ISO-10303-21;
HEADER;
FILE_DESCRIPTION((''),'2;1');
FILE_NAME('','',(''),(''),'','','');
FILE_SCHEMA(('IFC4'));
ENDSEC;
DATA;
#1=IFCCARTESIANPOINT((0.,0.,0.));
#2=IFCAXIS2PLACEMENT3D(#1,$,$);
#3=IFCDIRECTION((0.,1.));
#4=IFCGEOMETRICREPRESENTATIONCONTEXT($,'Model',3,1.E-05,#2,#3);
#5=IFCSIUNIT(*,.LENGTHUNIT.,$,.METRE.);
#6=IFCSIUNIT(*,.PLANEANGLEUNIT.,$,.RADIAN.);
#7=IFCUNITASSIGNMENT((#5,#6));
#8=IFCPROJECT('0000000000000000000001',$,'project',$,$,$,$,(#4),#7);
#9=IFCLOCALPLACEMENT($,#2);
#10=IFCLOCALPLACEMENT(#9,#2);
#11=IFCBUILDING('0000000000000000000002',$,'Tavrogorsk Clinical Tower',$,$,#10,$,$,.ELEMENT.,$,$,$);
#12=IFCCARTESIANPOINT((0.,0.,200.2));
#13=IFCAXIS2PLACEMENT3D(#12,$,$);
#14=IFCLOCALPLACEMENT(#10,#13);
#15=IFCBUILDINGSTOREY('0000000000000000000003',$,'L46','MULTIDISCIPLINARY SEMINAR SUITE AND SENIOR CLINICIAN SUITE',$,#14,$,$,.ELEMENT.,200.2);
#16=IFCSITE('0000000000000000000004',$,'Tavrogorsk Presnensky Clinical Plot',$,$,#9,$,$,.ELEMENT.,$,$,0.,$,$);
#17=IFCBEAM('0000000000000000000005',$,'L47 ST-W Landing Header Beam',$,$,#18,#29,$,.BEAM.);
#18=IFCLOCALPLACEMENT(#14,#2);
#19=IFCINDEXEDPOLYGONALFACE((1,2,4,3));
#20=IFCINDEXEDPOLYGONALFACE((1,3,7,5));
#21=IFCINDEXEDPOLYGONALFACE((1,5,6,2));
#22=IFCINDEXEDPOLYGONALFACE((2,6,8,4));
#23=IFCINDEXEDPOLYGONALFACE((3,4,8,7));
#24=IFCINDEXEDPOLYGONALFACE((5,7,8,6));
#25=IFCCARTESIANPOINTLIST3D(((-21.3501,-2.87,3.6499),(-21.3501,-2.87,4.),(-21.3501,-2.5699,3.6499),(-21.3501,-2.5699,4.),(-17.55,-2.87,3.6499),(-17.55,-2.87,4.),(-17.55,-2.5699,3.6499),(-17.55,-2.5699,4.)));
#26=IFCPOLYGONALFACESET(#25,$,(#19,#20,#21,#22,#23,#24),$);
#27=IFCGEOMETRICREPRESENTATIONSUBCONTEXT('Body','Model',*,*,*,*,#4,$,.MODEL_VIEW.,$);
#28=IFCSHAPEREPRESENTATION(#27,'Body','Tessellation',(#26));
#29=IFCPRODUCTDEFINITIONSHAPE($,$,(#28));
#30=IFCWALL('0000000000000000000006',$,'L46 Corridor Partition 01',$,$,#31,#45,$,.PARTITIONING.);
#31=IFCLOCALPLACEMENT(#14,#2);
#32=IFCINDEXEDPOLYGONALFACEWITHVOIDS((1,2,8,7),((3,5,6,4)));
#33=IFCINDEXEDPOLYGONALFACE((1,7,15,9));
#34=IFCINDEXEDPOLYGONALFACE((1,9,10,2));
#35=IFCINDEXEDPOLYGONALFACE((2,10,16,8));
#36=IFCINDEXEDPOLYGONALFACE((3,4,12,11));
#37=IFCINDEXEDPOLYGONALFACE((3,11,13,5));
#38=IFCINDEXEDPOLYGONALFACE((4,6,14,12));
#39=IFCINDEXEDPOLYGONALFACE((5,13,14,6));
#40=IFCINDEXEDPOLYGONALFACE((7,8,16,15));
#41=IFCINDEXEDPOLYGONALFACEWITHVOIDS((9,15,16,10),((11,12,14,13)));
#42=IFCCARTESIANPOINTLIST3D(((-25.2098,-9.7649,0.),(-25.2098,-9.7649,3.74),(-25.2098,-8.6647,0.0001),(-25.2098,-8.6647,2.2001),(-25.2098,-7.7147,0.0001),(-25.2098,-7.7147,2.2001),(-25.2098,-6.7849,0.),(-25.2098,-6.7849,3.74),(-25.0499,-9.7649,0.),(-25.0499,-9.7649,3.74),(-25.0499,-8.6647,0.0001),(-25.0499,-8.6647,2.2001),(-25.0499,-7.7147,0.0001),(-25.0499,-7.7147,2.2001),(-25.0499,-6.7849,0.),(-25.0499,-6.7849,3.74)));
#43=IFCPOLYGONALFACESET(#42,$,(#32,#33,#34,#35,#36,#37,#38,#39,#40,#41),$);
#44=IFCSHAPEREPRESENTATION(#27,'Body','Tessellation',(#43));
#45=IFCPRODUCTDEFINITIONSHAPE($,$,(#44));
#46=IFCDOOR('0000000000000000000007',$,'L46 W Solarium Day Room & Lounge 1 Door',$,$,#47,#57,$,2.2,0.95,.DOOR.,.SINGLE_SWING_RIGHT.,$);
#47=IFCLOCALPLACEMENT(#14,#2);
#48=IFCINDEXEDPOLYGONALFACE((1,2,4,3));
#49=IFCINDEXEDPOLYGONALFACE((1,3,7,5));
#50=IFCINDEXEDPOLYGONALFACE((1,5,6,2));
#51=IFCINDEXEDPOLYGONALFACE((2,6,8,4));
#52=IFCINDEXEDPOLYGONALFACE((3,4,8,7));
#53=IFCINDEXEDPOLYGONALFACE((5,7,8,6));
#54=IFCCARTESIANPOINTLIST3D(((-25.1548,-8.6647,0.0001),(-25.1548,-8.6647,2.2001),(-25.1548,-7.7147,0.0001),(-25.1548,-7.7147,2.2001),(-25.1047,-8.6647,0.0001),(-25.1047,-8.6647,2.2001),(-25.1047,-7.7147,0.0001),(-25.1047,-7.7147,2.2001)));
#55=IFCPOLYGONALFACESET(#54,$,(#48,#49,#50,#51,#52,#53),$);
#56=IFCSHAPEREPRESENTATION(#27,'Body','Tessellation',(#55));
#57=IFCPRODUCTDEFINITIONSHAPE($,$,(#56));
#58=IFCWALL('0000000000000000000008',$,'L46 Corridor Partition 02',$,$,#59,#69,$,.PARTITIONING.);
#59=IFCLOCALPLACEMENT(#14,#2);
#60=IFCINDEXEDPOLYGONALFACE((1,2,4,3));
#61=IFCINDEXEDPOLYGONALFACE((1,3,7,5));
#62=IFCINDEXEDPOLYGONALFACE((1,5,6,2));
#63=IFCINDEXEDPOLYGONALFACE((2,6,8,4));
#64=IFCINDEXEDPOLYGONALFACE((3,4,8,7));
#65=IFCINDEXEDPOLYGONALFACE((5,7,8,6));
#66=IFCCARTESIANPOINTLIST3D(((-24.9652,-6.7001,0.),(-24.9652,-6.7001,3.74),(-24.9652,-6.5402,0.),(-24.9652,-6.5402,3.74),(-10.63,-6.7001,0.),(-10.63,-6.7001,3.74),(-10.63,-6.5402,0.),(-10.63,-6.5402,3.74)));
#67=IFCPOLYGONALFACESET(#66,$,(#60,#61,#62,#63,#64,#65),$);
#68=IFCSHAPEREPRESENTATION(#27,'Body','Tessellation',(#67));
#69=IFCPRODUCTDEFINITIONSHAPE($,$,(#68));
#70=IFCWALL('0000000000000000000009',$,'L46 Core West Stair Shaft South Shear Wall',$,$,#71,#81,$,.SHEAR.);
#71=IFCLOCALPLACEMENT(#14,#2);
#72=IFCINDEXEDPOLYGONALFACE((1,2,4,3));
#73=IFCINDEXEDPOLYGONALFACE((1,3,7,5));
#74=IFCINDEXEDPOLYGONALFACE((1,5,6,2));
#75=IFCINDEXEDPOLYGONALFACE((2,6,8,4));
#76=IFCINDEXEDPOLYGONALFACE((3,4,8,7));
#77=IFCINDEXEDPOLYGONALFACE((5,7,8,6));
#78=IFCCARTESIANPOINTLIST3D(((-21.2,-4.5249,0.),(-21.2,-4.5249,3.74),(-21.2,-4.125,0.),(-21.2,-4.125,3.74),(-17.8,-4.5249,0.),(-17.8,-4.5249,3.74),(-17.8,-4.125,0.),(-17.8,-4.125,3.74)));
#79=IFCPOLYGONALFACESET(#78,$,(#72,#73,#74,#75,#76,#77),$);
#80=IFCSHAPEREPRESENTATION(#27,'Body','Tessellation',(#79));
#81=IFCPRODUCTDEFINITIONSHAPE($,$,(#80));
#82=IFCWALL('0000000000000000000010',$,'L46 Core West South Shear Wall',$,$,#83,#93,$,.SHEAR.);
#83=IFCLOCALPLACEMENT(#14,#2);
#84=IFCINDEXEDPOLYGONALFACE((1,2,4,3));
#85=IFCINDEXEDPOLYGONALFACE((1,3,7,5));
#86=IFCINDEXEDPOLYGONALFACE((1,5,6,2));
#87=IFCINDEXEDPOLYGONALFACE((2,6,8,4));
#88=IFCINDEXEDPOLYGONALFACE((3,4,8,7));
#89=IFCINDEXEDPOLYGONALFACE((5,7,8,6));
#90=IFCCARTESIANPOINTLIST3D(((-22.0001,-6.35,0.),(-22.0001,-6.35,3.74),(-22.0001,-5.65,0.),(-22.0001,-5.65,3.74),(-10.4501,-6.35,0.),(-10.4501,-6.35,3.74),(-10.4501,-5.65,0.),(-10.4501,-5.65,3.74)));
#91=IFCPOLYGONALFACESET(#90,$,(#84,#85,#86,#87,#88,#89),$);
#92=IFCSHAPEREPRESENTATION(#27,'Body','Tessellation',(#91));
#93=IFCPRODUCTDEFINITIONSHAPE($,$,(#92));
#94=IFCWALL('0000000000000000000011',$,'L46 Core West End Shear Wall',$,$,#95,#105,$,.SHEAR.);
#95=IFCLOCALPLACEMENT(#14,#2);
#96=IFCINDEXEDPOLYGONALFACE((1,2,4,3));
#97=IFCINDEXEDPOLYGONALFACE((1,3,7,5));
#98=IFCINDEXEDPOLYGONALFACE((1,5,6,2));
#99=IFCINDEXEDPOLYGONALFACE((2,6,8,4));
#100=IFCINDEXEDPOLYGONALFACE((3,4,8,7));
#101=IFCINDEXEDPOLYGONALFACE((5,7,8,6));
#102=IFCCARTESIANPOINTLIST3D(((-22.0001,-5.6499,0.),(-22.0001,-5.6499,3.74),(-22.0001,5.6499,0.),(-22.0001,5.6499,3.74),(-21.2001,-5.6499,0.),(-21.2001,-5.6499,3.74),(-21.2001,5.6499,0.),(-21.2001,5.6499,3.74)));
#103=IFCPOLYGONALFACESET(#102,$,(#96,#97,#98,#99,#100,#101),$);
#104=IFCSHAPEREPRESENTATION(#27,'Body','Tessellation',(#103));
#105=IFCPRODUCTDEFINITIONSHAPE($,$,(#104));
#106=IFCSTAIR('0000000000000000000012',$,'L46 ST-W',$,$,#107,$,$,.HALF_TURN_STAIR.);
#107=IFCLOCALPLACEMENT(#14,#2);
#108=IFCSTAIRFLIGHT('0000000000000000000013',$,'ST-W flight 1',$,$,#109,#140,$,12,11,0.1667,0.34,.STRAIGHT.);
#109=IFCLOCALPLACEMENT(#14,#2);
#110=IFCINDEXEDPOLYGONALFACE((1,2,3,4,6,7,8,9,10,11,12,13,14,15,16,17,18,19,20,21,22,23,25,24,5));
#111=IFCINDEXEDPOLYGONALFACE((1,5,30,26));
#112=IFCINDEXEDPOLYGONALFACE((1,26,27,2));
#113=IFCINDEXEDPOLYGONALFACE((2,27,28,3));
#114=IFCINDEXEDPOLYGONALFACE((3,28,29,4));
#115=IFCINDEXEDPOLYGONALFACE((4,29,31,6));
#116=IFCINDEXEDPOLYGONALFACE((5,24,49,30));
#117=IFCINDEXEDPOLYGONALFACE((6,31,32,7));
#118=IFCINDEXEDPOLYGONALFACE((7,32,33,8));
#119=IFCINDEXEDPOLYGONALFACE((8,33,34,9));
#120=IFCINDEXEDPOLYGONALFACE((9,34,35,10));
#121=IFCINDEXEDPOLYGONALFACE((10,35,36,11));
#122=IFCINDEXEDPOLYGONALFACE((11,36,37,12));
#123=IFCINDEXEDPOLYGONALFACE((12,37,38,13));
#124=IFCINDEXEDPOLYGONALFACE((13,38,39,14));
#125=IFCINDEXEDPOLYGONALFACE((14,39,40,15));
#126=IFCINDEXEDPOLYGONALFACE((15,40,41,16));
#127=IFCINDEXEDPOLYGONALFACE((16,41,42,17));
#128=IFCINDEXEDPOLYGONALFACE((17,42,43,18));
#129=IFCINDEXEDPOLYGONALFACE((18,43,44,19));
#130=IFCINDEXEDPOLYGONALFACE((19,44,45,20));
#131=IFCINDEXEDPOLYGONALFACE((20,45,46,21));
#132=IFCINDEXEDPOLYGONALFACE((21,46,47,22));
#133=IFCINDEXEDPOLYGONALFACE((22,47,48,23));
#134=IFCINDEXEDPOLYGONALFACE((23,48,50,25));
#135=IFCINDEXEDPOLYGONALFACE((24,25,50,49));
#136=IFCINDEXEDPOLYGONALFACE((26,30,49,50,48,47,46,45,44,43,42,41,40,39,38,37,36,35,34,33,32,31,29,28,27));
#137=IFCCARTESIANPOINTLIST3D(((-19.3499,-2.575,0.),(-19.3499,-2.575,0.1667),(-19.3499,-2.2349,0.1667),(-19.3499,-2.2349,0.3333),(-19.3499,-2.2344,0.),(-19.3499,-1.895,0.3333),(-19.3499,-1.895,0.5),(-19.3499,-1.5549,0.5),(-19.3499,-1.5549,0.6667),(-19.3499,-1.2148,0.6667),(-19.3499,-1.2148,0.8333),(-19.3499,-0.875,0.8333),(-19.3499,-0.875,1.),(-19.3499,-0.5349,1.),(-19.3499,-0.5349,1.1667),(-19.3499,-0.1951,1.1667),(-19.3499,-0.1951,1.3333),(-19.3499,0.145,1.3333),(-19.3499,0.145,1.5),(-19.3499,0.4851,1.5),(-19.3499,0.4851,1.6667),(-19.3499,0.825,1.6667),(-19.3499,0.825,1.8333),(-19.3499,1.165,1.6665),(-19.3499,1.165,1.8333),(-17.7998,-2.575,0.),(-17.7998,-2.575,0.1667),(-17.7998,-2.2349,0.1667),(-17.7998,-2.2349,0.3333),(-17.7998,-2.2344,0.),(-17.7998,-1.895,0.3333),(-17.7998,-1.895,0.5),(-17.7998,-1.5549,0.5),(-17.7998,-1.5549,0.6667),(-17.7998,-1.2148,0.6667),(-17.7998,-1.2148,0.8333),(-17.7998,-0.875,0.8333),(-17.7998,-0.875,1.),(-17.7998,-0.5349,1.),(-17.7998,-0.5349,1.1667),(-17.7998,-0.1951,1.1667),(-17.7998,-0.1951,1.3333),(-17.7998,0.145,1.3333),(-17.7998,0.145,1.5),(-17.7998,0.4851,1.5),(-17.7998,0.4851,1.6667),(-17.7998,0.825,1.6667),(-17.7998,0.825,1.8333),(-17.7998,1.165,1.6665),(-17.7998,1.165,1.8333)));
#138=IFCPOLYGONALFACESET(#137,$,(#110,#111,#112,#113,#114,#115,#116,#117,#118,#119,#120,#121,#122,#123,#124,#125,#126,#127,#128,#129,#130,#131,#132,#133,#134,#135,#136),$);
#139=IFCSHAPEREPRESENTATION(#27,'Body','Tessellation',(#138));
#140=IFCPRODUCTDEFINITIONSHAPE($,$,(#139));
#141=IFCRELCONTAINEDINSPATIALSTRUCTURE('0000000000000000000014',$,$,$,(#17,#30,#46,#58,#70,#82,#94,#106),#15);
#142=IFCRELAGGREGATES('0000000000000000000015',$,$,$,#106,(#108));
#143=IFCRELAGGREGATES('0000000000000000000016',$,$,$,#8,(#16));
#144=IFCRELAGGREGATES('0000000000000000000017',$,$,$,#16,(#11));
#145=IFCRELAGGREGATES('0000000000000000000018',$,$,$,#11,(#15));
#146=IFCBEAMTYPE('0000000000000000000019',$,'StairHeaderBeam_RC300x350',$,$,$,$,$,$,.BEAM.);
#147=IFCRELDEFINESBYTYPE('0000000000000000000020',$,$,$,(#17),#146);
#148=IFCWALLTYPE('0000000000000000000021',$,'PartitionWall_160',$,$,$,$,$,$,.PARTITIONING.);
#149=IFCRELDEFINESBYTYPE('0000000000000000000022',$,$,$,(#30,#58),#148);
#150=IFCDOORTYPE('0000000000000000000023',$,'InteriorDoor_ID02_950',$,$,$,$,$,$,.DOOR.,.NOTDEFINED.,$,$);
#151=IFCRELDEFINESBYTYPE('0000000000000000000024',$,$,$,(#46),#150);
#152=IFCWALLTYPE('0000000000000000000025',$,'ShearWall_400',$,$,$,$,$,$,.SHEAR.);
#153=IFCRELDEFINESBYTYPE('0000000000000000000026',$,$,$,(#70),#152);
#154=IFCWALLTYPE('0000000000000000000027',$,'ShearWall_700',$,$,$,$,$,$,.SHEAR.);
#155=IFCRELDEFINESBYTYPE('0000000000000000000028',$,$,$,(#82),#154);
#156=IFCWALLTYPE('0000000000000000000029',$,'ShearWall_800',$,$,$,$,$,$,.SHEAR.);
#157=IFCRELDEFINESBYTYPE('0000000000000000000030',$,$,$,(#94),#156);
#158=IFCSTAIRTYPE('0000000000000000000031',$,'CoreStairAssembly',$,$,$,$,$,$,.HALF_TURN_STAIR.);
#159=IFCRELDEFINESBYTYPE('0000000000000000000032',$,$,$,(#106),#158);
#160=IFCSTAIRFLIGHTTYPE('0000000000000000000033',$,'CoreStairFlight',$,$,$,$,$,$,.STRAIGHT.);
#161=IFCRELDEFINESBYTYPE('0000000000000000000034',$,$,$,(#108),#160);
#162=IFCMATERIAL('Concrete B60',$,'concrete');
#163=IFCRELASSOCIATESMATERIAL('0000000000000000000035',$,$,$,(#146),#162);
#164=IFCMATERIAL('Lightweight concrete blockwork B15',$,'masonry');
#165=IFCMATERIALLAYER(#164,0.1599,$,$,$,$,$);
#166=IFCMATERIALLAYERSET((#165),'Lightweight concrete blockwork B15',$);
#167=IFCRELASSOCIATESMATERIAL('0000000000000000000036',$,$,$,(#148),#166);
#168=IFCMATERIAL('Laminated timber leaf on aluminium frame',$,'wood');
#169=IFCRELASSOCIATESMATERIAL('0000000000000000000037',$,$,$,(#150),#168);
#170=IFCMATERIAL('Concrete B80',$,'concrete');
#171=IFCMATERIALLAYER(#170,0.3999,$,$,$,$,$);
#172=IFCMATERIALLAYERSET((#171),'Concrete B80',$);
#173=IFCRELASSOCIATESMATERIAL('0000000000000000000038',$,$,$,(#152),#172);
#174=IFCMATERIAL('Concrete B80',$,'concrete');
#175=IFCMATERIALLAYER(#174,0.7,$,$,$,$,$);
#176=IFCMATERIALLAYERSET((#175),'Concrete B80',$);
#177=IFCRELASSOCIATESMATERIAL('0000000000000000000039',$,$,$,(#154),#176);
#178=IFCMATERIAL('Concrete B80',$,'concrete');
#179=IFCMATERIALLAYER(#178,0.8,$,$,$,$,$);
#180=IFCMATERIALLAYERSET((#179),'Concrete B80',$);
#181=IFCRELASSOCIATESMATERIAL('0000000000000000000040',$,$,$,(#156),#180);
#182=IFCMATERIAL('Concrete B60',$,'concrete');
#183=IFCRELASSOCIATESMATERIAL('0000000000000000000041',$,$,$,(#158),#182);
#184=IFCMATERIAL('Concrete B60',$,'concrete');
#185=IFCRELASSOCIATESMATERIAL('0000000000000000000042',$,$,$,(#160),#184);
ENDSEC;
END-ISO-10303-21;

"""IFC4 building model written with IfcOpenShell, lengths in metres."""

from ifc_helpers import new_model, si_unit, direction, frame, frame_2d, origin, origin_2d, place, context, subcontext, project, spatial, polyline, rectangle, outline, extrude, material, layer, layer_set, material_profile, profile_set, type_object, element, fill, aggregate, save


model = new_model("IFC4")

# Units and contexts
model_context = context("Model", 3, precision=1e-05, world=origin(), true_north=direction((0.0, 1.0)))
body_context = subcontext(model_context, "Body", "Model", "MODEL_VIEW")
ifc_project = project(units=[si_unit("LENGTHUNIT", "METRE"), si_unit("PLANEANGLEUNIT", "RADIAN")], contexts=[model_context])

# Site, building, storey
site_placement = place(None, origin())
site = spatial("IfcSite", under=ifc_project, at=site_placement, Name="Tavrogorsk Presnensky Clinical Plot", CompositionType="ELEMENT", RefElevation=0.0)
building_placement = place(site_placement, origin())
building = spatial("IfcBuilding", under=site, at=building_placement, Name="Tavrogorsk Clinical Tower", CompositionType="ELEMENT")
storey_placement = place(building_placement, frame((0.0, 0.0, 200.2)))
storey = spatial("IfcBuildingStorey", under=building, at=storey_placement, Name="L46", Description="MULTIDISCIPLINARY SEMINAR SUITE AND SENIOR CLINICIAN SUITE", CompositionType="ELEMENT", Elevation=200.2)

# Beam
ifc_material_1 = material(Name="Concrete B60", Category="concrete")
ifc_material_profile_1 = material_profile(ifc_material_1, rectangle(XDim=0.3, YDim=0.3501, at=origin_2d()), Name="RC-SHB-300x350")
ifc_profile_set_1 = profile_set([ifc_material_profile_1], Name="Concrete B60")
beam_type_1 = type_object("IfcBeamType", Name="StairHeaderBeam_RC300x350", PredefinedType="BEAM", material=ifc_profile_set_1)
beam_1_placement = place(storey_placement, frame((-21.3501, -2.72, 3.825), z_axis=(1.0, 0.0, 0.0), x_axis=(0.0, 1.0, 0.0)))
element("IfcBeam", 1, at=beam_1_placement, inside=storey, type_object=beam_type_1, Name="L47 ST-W Landing Header Beam", PredefinedType="BEAM", context=body_context, shape_type="SweptSolid", body=[
    extrude(rectangle(XDim=0.3, YDim=0.3501, at=origin_2d()), origin(), (0.0, 0.0, 1.0), 3.8),
])

# Wall, opening, door
ifc_material_2 = material(Name="Lightweight concrete blockwork B15", Category="masonry")
ifc_layer_1 = layer(ifc_material_2, 0.1599)
ifc_layer_set_1 = layer_set([ifc_layer_1], Name="Lightweight concrete blockwork B15")
wall_type_1 = type_object("IfcWallType", Name="PartitionWall_160", PredefinedType="PARTITIONING", material=ifc_layer_set_1)
wall_1_placement = place(storey_placement, frame((-25.1299, -9.7649, 0.0), z_axis=(0.0, 0.0, 1.0), x_axis=(0.0, 1.0, 0.0)))
wall_1 = element("IfcWall", 2, at=wall_1_placement, inside=storey, type_object=wall_type_1, Name="L46 Corridor Partition 01", PredefinedType="PARTITIONING", context=body_context, shape_type="SweptSolid", body=[
    extrude(rectangle(XDim=2.98, YDim=0.1599, at=frame_2d((1.49, 0.0))), origin(), (0.0, 0.0, 1.0), 3.74),
])
opening_placement = place(wall_1_placement, frame((1.1001, 0.0, 0.0)))
opening = element("IfcOpeningElement", 3, at=opening_placement, cuts=wall_1, PredefinedType="OPENING", context=body_context, shape_type="SweptSolid", body=[
    extrude(rectangle(XDim=0.95, YDim=2.2, at=frame_2d((0.4751, 1.1001))), frame((0.0, 0.0898, 0.0), z_axis=(0.0, -1.0, 0.0), x_axis=(1.0, 0.0, 0.0)), (0.0, 0.0, 1.0), 0.1799),
])
ifc_material_3 = material(Name="Laminated timber leaf on aluminium frame", Category="wood")
door_type = type_object("IfcDoorType", Name="InteriorDoor_ID02_950", OperationType="NOTDEFINED", PredefinedType="DOOR", material=ifc_material_3)
door_placement = place(opening_placement, origin())
door = element("IfcDoor", 4, at=door_placement, inside=storey, type_object=door_type, Name="L46 W Solarium Day Room & Lounge 1 Door", OperationType="SINGLE_SWING_RIGHT", OverallHeight=2.2, OverallWidth=0.95, PredefinedType="DOOR", context=body_context, shape_type="SweptSolid", body=[
    extrude(rectangle(XDim=0.95, YDim=2.2, at=frame_2d((0.4751, 1.1001))), frame((0.0, 0.0249, 0.0), z_axis=(0.0, -1.0, 0.0), x_axis=(1.0, 0.0, 0.0)), (0.0, 0.0, 1.0), 0.05),
])
fill(opening, door)

# Walls
wall_2_placement = place(storey_placement, frame((-24.9651, -6.6201, 0.0), z_axis=(0.0, 0.0, 1.0), x_axis=(1.0, 0.0, 0.0)))
element("IfcWall", 5, at=wall_2_placement, inside=storey, type_object=wall_type_1, Name="L46 Corridor Partition 02", PredefinedType="PARTITIONING", context=body_context, shape_type="SweptSolid", body=[
    extrude(rectangle(XDim=14.3352, YDim=0.1599, at=frame_2d((7.1675, 0.0))), origin(), (0.0, 0.0, 1.0), 3.74),
])
ifc_material_4 = material(Name="Concrete B80", Category="concrete")
ifc_layer_2 = layer(ifc_material_4, 0.3999)
ifc_layer_set_2 = layer_set([ifc_layer_2], Name="Concrete B80")
wall_type_2 = type_object("IfcWallType", Name="ShearWall_400", PredefinedType="SHEAR", material=ifc_layer_set_2)
wall_3_placement = place(storey_placement, frame((-21.2, -4.325, 0.0), z_axis=(0.0, 0.0, 1.0), x_axis=(1.0, 0.0, 0.0)))
element("IfcWall", 6, at=wall_3_placement, inside=storey, type_object=wall_type_2, Name="L46 Core West Stair Shaft South Shear Wall", PredefinedType="SHEAR", context=body_context, shape_type="SweptSolid", body=[
    extrude(rectangle(XDim=3.3999, YDim=0.3999, at=frame_2d((1.7, 0.0))), origin(), (0.0, 0.0, 1.0), 3.74),
])
ifc_material_5 = material(Name="Concrete B80", Category="concrete")
ifc_layer_3 = layer(ifc_material_5, 0.7)
ifc_layer_set_3 = layer_set([ifc_layer_3], Name="Concrete B80")
wall_type_3 = type_object("IfcWallType", Name="ShearWall_700", PredefinedType="SHEAR", material=ifc_layer_set_3)
wall_4_placement = place(storey_placement, frame((-22.0, -6.0, 0.0), z_axis=(0.0, 0.0, 1.0), x_axis=(1.0, 0.0, 0.0)))
element("IfcWall", 7, at=wall_4_placement, inside=storey, type_object=wall_type_3, Name="L46 Core West South Shear Wall", PredefinedType="SHEAR", context=body_context, shape_type="SweptSolid", body=[
    extrude(rectangle(XDim=11.55, YDim=0.7, at=frame_2d((5.7749, 0.0))), origin(), (0.0, 0.0, 1.0), 3.74),
])
ifc_material_6 = material(Name="Concrete B80", Category="concrete")
ifc_layer_4 = layer(ifc_material_6, 0.8)
ifc_layer_set_4 = layer_set([ifc_layer_4], Name="Concrete B80")
wall_type_4 = type_object("IfcWallType", Name="ShearWall_800", PredefinedType="SHEAR", material=ifc_layer_set_4)
wall_5_placement = place(storey_placement, frame((-21.6001, -5.6499, 0.0), z_axis=(0.0, 0.0, 1.0), x_axis=(0.0, 1.0, 0.0)))
element("IfcWall", 8, at=wall_5_placement, inside=storey, type_object=wall_type_4, Name="L46 Core West End Shear Wall", PredefinedType="SHEAR", context=body_context, shape_type="SweptSolid", body=[
    extrude(rectangle(XDim=11.2998, YDim=0.8, at=frame_2d((5.6499, 0.0))), origin(), (0.0, 0.0, 1.0), 3.74),
])

# Stair, stair flight
ifc_material_7 = material(Name="Concrete B60", Category="concrete")
stair_type = type_object("IfcStairType", Name="CoreStairAssembly", PredefinedType="HALF_TURN_STAIR", material=ifc_material_7)
stair_placement = place(storey_placement, origin())
stair = element("IfcStair", 9, at=stair_placement, inside=storey, type_object=stair_type, Name="L46 ST-W", PredefinedType="HALF_TURN_STAIR")
ifc_material_8 = material(Name="Concrete B60", Category="concrete")
stair_flight_type = type_object("IfcStairFlightType", Name="CoreStairFlight", PredefinedType="STRAIGHT", material=ifc_material_8)
stair_flight_placement = place(storey_placement, frame((-18.575, -2.575, 0.0), z_axis=(0.0, 0.0, 1.0), x_axis=(0.0, 1.0, 0.0)))
stair_flight = element("IfcStairFlight", 10, at=stair_flight_placement, type_object=stair_flight_type, Name="ST-W flight 1", NumberOfRisers=12, NumberOfTreads=11, PredefinedType="STRAIGHT", RiserHeight=0.1667, TreadLength=0.34, context=body_context, shape_type="SweptSolid", body=[
    extrude(outline(polyline([(0.0, 0.0), (0.0, 0.1667), (0.3401, 0.1667), (0.3401, 0.3333), (0.6799, 0.3333), (0.6799, 0.5), (1.02, 0.5), (1.02, 0.6667), (1.3601, 0.6667), (1.3601, 0.8333), (1.7, 0.8333), (1.7, 1.0), (2.04, 1.0), (2.04, 1.1667), (2.3799, 1.1667), (2.3799, 1.3333), (2.72, 1.3333), (2.72, 1.5), (3.0601, 1.5), (3.0601, 1.6667), (3.3999, 1.6667), (3.3999, 1.8333), (3.74, 1.8333), (3.74, 2.0), (3.74, 1.6665), (0.3406, 0.0), (0.0, 0.0)])), frame((0.0, 0.7749, 0.0), z_axis=(0.0, -1.0, 0.0), x_axis=(1.0, 0.0, 0.0)), (0.0, 0.0, 1.0), 1.55),
])
aggregate(stair, [stair_flight])

save(model, "model.ifc")
